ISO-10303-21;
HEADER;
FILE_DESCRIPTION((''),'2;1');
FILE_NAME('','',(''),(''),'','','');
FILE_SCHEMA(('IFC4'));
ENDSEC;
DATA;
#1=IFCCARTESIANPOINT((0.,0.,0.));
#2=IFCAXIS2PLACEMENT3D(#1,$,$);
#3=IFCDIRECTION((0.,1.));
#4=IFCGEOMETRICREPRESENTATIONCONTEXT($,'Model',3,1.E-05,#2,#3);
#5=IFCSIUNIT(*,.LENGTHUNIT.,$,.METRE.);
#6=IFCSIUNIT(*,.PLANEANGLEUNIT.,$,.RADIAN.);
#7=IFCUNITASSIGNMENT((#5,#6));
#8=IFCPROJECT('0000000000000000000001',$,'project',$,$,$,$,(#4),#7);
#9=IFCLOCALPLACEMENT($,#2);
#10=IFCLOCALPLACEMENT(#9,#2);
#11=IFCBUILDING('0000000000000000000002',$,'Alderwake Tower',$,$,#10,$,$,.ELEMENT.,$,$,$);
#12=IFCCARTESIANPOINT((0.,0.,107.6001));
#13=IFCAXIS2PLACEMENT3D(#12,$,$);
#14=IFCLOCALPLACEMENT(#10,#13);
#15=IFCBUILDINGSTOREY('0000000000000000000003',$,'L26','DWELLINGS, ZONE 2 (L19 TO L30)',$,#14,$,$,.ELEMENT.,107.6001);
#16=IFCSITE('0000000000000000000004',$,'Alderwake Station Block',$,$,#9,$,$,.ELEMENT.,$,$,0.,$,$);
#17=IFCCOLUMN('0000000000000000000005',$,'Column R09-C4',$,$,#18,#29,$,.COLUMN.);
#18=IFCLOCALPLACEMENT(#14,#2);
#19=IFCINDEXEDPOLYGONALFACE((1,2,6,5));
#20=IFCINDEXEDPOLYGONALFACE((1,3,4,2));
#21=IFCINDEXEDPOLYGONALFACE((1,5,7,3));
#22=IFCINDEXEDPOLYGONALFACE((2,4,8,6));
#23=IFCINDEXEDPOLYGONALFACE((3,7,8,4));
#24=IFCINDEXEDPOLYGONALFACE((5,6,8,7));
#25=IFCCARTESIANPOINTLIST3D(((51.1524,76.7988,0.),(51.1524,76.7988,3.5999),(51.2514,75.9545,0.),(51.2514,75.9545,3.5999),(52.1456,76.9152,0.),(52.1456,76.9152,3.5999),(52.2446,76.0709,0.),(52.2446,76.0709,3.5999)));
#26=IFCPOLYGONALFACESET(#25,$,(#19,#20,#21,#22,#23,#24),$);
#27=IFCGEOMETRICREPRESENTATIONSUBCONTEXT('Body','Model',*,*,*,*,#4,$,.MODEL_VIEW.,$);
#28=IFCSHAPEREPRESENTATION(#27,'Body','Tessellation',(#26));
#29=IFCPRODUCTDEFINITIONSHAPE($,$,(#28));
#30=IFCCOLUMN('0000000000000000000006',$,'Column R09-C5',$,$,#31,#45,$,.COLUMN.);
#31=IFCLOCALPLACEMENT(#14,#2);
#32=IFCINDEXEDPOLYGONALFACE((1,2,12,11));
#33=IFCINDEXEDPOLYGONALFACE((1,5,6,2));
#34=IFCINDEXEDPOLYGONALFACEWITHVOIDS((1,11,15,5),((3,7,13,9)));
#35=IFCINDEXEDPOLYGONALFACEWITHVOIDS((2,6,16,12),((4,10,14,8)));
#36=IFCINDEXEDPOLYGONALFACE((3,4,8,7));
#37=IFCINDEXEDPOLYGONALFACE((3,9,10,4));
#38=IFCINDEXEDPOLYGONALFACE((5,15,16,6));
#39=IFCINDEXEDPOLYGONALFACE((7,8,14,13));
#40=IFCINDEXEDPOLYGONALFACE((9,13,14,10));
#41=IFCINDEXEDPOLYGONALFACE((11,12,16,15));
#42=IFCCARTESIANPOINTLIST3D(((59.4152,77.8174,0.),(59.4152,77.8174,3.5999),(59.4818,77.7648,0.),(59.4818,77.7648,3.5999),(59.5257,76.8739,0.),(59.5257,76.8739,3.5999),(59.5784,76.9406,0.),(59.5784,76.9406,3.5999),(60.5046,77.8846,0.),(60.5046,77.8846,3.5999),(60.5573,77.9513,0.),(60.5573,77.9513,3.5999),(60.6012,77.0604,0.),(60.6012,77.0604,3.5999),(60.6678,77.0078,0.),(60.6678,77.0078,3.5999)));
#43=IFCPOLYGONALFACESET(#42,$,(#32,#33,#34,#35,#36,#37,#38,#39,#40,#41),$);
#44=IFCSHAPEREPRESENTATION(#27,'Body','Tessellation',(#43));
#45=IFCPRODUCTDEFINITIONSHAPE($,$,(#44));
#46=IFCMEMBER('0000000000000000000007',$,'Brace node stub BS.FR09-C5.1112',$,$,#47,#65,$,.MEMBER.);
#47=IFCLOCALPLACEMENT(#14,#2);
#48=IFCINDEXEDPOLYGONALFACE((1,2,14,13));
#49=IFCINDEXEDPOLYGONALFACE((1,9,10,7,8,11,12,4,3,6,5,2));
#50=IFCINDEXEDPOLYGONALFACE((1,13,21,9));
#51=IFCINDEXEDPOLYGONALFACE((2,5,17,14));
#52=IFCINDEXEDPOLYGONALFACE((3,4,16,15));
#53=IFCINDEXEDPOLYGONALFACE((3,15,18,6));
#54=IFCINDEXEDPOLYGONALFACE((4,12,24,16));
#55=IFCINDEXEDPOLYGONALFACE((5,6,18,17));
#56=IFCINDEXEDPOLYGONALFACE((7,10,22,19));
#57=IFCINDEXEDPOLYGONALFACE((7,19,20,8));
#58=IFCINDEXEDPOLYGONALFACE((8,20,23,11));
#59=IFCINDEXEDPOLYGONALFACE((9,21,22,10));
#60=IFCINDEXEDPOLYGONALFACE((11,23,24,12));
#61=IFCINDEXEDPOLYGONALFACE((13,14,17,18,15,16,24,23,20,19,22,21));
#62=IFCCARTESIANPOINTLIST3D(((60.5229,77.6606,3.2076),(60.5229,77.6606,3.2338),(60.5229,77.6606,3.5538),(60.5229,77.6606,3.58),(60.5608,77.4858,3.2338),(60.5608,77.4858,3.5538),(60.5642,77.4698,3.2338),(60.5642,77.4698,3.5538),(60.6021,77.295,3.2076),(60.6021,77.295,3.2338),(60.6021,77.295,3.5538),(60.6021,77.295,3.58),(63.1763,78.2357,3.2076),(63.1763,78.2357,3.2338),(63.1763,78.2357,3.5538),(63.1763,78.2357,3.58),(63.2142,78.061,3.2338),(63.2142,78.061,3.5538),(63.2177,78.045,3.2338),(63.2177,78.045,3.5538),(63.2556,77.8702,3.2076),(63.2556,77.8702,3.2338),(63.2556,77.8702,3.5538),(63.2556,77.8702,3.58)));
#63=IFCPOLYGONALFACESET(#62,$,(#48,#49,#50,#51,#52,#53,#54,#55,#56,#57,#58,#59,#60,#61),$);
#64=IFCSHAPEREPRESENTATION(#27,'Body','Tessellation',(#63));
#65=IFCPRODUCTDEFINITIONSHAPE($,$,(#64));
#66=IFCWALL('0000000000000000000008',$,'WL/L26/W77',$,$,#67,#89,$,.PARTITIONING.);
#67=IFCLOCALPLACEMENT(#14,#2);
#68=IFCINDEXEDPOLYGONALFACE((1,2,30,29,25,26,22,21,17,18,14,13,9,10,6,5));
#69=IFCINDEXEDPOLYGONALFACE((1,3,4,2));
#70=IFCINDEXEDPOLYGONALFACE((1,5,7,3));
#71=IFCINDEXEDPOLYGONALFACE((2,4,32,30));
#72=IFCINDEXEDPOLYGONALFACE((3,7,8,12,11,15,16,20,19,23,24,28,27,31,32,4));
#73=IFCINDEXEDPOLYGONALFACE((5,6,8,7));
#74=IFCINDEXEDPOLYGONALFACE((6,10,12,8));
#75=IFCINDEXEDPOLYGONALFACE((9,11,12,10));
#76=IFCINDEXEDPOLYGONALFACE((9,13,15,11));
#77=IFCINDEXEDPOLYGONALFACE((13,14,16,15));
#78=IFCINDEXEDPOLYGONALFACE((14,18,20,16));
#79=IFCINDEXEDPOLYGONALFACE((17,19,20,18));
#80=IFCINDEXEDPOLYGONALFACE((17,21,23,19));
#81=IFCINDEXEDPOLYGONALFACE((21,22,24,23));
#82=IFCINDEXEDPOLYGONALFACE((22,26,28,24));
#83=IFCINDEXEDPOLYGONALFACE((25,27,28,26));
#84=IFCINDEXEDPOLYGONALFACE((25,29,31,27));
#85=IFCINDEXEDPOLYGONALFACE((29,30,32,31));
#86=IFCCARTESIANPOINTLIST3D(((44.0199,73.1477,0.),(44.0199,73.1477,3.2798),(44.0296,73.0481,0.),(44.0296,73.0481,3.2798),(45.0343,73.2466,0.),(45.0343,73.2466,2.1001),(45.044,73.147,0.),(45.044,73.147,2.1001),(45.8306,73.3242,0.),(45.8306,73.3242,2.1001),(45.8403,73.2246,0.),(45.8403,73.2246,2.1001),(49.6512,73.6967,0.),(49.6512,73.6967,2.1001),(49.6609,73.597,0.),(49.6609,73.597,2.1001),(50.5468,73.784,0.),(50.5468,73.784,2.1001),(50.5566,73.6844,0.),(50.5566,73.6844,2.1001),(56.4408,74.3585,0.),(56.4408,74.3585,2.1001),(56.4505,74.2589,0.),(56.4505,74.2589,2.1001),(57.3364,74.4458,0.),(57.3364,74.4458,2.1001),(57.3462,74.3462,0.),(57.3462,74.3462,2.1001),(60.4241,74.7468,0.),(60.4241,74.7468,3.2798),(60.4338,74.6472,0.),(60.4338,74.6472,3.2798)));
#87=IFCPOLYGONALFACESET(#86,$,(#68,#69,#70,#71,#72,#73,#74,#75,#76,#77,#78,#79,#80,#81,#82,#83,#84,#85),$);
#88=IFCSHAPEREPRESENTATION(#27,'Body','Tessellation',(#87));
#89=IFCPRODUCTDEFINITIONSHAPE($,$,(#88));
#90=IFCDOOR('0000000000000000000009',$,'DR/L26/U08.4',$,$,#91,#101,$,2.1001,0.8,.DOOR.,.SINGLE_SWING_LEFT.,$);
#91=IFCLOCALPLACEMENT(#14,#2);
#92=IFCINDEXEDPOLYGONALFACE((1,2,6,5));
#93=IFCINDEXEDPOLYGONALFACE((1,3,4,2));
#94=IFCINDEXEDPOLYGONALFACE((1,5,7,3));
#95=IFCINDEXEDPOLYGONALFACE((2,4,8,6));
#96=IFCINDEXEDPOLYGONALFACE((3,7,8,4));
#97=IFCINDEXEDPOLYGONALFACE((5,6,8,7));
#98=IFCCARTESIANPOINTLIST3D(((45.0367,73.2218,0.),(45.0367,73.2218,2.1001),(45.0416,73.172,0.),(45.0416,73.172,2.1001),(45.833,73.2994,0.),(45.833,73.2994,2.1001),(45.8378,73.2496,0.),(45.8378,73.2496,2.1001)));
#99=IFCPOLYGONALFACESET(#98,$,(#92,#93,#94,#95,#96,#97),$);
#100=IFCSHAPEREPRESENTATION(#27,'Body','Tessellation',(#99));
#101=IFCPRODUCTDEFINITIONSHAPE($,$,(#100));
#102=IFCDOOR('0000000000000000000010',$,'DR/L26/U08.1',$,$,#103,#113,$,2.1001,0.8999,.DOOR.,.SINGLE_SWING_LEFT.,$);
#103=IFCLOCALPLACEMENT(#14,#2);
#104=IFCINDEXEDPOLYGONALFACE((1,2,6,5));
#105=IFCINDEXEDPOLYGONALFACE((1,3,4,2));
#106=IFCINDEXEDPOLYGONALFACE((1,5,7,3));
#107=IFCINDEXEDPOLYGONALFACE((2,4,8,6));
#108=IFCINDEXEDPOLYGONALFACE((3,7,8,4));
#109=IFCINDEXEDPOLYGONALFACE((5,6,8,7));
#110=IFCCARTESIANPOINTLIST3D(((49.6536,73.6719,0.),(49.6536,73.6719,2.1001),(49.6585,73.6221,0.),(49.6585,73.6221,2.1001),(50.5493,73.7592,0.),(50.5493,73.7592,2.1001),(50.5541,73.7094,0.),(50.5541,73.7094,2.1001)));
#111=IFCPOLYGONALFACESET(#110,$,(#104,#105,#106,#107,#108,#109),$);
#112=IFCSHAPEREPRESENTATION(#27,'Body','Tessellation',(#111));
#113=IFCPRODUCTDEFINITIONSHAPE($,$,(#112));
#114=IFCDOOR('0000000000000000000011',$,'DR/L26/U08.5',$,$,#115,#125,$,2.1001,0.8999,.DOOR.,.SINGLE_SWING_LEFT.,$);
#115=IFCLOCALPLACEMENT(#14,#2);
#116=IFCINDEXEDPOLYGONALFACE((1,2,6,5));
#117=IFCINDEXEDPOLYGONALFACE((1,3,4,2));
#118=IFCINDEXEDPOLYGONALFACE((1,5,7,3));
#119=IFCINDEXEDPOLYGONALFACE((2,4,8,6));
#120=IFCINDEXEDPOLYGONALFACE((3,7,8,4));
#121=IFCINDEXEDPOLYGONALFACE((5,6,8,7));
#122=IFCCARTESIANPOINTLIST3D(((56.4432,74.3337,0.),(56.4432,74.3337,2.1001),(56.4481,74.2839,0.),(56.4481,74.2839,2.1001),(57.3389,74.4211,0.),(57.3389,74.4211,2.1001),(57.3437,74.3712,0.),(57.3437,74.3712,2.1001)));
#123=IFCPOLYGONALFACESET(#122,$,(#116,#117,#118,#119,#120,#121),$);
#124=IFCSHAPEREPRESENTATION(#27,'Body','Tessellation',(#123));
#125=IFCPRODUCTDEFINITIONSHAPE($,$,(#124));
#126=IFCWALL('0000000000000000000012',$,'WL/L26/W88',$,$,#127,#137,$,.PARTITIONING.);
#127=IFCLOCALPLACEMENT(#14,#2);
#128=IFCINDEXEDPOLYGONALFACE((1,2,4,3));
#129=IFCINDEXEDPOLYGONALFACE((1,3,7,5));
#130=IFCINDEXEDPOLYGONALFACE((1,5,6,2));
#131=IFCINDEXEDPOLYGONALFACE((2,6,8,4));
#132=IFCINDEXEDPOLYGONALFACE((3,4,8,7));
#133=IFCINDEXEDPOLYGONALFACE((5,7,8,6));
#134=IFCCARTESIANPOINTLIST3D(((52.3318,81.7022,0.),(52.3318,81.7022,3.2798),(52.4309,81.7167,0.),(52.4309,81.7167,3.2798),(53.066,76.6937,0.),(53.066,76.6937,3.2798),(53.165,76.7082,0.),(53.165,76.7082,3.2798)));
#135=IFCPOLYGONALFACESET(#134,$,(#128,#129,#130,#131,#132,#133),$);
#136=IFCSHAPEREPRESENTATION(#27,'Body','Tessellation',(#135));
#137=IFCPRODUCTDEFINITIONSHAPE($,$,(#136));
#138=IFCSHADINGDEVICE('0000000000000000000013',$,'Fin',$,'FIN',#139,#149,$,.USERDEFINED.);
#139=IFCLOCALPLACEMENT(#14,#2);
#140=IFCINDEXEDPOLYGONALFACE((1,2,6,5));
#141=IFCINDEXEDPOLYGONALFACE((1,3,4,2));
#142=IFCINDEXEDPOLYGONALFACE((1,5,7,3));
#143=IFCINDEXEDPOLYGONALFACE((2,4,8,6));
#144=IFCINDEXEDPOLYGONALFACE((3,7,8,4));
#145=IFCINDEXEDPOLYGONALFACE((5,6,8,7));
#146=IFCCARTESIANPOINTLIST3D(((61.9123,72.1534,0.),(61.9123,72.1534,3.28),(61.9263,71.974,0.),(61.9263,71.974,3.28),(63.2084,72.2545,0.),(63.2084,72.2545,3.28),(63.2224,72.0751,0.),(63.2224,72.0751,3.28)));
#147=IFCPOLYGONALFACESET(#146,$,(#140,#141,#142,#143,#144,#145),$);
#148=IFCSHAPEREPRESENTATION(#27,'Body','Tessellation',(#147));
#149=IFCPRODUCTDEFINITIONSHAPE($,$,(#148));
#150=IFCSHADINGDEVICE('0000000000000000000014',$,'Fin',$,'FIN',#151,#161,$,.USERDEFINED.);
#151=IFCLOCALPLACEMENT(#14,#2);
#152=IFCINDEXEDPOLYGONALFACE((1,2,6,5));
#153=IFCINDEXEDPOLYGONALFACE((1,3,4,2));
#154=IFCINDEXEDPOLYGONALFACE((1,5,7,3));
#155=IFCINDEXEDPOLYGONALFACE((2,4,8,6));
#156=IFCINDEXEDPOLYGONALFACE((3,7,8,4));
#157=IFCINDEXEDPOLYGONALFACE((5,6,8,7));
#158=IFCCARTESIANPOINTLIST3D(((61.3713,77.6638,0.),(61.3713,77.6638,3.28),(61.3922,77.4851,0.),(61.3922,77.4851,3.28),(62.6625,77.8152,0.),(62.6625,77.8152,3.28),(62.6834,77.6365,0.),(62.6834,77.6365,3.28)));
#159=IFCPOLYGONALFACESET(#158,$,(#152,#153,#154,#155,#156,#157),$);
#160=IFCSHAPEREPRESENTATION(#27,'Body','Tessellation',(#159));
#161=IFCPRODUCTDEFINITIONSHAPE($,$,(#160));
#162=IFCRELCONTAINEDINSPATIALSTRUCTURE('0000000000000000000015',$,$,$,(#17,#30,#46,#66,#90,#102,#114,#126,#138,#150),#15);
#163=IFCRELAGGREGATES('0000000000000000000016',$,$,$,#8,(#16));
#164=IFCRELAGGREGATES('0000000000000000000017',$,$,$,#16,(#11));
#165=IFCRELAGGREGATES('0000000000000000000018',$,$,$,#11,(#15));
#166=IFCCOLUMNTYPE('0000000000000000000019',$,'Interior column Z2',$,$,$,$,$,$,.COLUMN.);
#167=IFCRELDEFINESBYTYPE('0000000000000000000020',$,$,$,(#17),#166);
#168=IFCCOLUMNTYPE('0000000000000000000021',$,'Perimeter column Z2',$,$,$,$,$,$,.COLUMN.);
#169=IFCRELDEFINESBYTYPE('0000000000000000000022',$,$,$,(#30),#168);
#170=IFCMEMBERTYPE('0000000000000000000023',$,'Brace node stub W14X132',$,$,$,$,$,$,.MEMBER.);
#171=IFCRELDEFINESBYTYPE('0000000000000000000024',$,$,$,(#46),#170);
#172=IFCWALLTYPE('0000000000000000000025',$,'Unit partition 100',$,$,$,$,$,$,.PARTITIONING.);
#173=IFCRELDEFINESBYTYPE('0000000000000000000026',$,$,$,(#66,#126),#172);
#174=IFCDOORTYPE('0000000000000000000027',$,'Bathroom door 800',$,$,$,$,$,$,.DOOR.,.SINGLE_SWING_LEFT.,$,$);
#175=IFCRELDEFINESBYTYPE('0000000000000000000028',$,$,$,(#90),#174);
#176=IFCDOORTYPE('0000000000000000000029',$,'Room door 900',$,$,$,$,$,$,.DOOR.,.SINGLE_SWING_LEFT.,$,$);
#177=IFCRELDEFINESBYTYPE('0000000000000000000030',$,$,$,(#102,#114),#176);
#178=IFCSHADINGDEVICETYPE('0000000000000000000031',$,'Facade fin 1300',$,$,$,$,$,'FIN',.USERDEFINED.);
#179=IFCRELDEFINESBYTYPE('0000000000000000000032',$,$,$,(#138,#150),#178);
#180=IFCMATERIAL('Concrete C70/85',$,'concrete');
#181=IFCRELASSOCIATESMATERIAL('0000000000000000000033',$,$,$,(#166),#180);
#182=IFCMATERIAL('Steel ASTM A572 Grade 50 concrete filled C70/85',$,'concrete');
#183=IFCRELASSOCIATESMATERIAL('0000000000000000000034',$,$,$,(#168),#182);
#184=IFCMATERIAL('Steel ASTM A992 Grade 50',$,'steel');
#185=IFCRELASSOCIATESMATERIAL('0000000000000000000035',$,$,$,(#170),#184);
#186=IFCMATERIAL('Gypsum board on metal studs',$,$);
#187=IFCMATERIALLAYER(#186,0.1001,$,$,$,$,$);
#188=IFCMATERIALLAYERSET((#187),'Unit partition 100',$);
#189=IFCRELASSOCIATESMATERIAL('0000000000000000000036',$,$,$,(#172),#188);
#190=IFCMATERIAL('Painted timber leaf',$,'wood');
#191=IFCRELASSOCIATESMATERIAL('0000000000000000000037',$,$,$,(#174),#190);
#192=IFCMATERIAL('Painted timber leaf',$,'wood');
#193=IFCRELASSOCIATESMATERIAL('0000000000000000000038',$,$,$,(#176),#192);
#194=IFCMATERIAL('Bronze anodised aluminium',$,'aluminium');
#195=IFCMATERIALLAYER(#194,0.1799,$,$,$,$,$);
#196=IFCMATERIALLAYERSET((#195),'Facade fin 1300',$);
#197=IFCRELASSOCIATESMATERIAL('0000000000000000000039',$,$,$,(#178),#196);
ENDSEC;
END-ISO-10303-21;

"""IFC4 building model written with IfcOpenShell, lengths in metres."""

from ifc_helpers import new_model, si_unit, direction, frame, frame_2d, origin, origin_2d, place, context, subcontext, project, spatial, rectangle, hollow_rectangle, i_section, extrude, material, layer, layer_set, material_profile, profile_set, type_object, element, fill, save


model = new_model("IFC4")

# Units and contexts
model_context = context("Model", 3, precision=1e-05, world=origin(), true_north=direction((0.0, 1.0)))
body_context = subcontext(model_context, "Body", "Model", "MODEL_VIEW")
ifc_project = project(units=[si_unit("LENGTHUNIT", "METRE"), si_unit("PLANEANGLEUNIT", "RADIAN")], contexts=[model_context])

# Site, building, storey
site_placement = place(None, origin())
site = spatial("IfcSite", under=ifc_project, at=site_placement, Name="Alderwake Station Block", CompositionType="ELEMENT", RefElevation=0.0)
building_placement = place(site_placement, origin())
building = spatial("IfcBuilding", under=site, at=building_placement, Name="Alderwake Tower", CompositionType="ELEMENT")
storey_placement = place(building_placement, frame((0.0, 0.0, 107.6001)))
storey = spatial("IfcBuildingStorey", under=building, at=storey_placement, Name="L26", Description="DWELLINGS, ZONE 2 (L19 TO L30)", CompositionType="ELEMENT", Elevation=107.6001)

# Columns
ifc_material_1 = material(Name="Concrete C70/85", Category="concrete")
ifc_material_profile_1 = material_profile(ifc_material_1, rectangle(XDim=0.8501, YDim=1.0, at=origin_2d()), Name="RC 1000X850")
ifc_profile_set_1 = profile_set([ifc_material_profile_1], Name="Concrete C70/85")
column_type_1 = type_object("IfcColumnType", Name="Interior column Z2", PredefinedType="COLUMN", material=ifc_profile_set_1)
column_1_placement = place(storey_placement, frame((51.6985, 76.4348, 0.0), z_axis=(0.0, 0.0, 1.0), x_axis=(-0.116402, 0.993202, 0.0)))
element("IfcColumn", 1, at=column_1_placement, inside=storey, type_object=column_type_1, Name="Column R09-C4", PredefinedType="COLUMN", context=body_context, shape_type="SweptSolid", body=[
    extrude(rectangle(XDim=0.8501, YDim=1.0, at=origin_2d()), origin(), (0.0, 0.0, 1.0), 3.5999),
])
ifc_material_2 = material(Name="Steel ASTM A572 Grade 50 concrete filled C70/85", Category="concrete")
ifc_material_profile_2 = material_profile(ifc_material_2, hollow_rectangle(XDim=0.95, YDim=1.1499, WallThickness=0.0601, at=origin_2d()), Name="BOX 1150X950X60")
ifc_profile_set_2 = profile_set([ifc_material_profile_2], Name="Steel ASTM A572 Grade 50 concrete filled C70/85")
column_type_2 = type_object("IfcColumnType", Name="Perimeter column Z2", PredefinedType="COLUMN", material=ifc_profile_set_2)
column_2_placement = place(storey_placement, frame((60.0415, 77.4126, 0.0), z_axis=(0.0, 0.0, 1.0), x_axis=(-0.116402, 0.993202, 0.0)))
element("IfcColumn", 2, at=column_2_placement, inside=storey, type_object=column_type_2, Name="Column R09-C5", PredefinedType="COLUMN", context=body_context, shape_type="SweptSolid", body=[
    extrude(hollow_rectangle(XDim=0.95, YDim=1.1499, WallThickness=0.0601, at=origin_2d()), origin(), (0.0, 0.0, 1.0), 3.5999),
])

# Member
ifc_material_3 = material(Name="Steel ASTM A992 Grade 50", Category="steel")
ifc_material_profile_3 = material_profile(ifc_material_3, i_section(OverallWidth=0.374, OverallDepth=0.3723, WebThickness=0.0164, FlangeThickness=0.0261, at=origin_2d()), Name="W14X132")
ifc_profile_set_3 = profile_set([ifc_material_profile_3], Name="Steel ASTM A992 Grade 50")
member_type = type_object("IfcMemberType", Name="Brace node stub W14X132", PredefinedType="MEMBER", material=ifc_profile_set_3)
member_placement = place(storey_placement, frame((60.5625, 77.4778, 3.3938), z_axis=(0.977304, 0.211844, 0.0), x_axis=(-0.211844, 0.977304, 0.0)))
element("IfcMember", 3, at=member_placement, inside=storey, type_object=member_type, Name="Brace node stub BS.FR09-C5.1112", PredefinedType="MEMBER", context=body_context, shape_type="SweptSolid", body=[
    extrude(i_section(OverallWidth=0.374, OverallDepth=0.3723, WebThickness=0.0164, FlangeThickness=0.0261, at=origin_2d()), origin(), (0.0, 0.0, 1.0), 2.7151),
])

# Wall, openings, doors
ifc_material_4 = material(Name="Gypsum board on metal studs")
ifc_layer_1 = layer(ifc_material_4, 0.1001)
ifc_layer_set_1 = layer_set([ifc_layer_1], Name="Unit partition 100")
wall_type_1 = type_object("IfcWallType", Name="Unit partition 100", PredefinedType="PARTITIONING", material=ifc_layer_set_1)
wall_1_placement = place(storey_placement, frame((60.429, 74.697, 0.0), z_axis=(0.0, 0.0, 1.0), x_axis=(-0.995282, -0.097022, 0.0)))
wall_1 = element("IfcWall", 4, at=wall_1_placement, inside=storey, type_object=wall_type_1, Name="WL/L26/W77", PredefinedType="PARTITIONING", context=body_context, shape_type="SweptSolid", body=[
    extrude(rectangle(XDim=16.4819, YDim=0.1001, at=frame_2d((8.241, 0.0))), origin(), (0.0, 0.0, 1.0), 3.2798),
])
opening_1_placement = place(wall_1_placement, frame((9.9241, 0.0, 0.0)))
opening_1 = element("IfcOpeningElement", 5, at=opening_1_placement, cuts=wall_1, PredefinedType="OPENING", context=body_context, shape_type="SweptSolid", body=[
    extrude(rectangle(XDim=0.8999, YDim=2.1001, at=frame_2d((0.45, 1.05))), frame((0.0, 0.0601, 0.0), z_axis=(0.0, -1.0, 0.0), x_axis=(1.0, 0.0, 0.0)), (0.0, 0.0, 1.0), 0.1201),
])
opening_2_placement = place(wall_1_placement, frame((14.6628, 0.0, 0.0)))
opening_2 = element("IfcOpeningElement", 6, at=opening_2_placement, cuts=wall_1, PredefinedType="OPENING", context=body_context, shape_type="SweptSolid", body=[
    extrude(rectangle(XDim=0.8, YDim=2.1001, at=frame_2d((0.3999, 1.05))), frame((0.0, 0.0601, 0.0), z_axis=(0.0, -1.0, 0.0), x_axis=(1.0, 0.0, 0.0)), (0.0, 0.0, 1.0), 0.1201),
])
opening_3_placement = place(wall_1_placement, frame((3.1023, 0.0, 0.0)))
opening_3 = element("IfcOpeningElement", 7, at=opening_3_placement, cuts=wall_1, PredefinedType="OPENING", context=body_context, shape_type="SweptSolid", body=[
    extrude(rectangle(XDim=0.8999, YDim=2.1001, at=frame_2d((0.45, 1.05))), frame((0.0, 0.0601, 0.0), z_axis=(0.0, -1.0, 0.0), x_axis=(1.0, 0.0, 0.0)), (0.0, 0.0, 1.0), 0.1201),
])
ifc_material_5 = material(Name="Painted timber leaf", Category="wood")
door_type_1 = type_object("IfcDoorType", Name="Bathroom door 800", OperationType="SINGLE_SWING_LEFT", PredefinedType="DOOR", material=ifc_material_5)
door_1_placement = place(opening_2_placement, origin())
door_1 = element("IfcDoor", 8, at=door_1_placement, inside=storey, type_object=door_type_1, Name="DR/L26/U08.4", OperationType="SINGLE_SWING_LEFT", OverallHeight=2.1001, OverallWidth=0.8, PredefinedType="DOOR", context=body_context, shape_type="SweptSolid", body=[
    extrude(rectangle(XDim=0.8, YDim=2.1001, at=frame_2d((0.3999, 1.05))), frame((0.0, 0.0249, 0.0), z_axis=(0.0, -1.0, 0.0), x_axis=(1.0, 0.0, 0.0)), (0.0, 0.0, 1.0), 0.05),
])
fill(opening_2, door_1)
ifc_material_6 = material(Name="Painted timber leaf", Category="wood")
door_type_2 = type_object("IfcDoorType", Name="Room door 900", OperationType="SINGLE_SWING_LEFT", PredefinedType="DOOR", material=ifc_material_6)
door_2_placement = place(opening_1_placement, origin())
door_2 = element("IfcDoor", 9, at=door_2_placement, inside=storey, type_object=door_type_2, Name="DR/L26/U08.1", OperationType="SINGLE_SWING_LEFT", OverallHeight=2.1001, OverallWidth=0.8999, PredefinedType="DOOR", context=body_context, shape_type="SweptSolid", body=[
    extrude(rectangle(XDim=0.8999, YDim=2.1001, at=frame_2d((0.45, 1.05))), frame((0.0, 0.0249, 0.0), z_axis=(0.0, -1.0, 0.0), x_axis=(1.0, 0.0, 0.0)), (0.0, 0.0, 1.0), 0.05),
])
fill(opening_1, door_2)
door_3_placement = place(opening_3_placement, origin())
door_3 = element("IfcDoor", 10, at=door_3_placement, inside=storey, type_object=door_type_2, Name="DR/L26/U08.5", OperationType="SINGLE_SWING_LEFT", OverallHeight=2.1001, OverallWidth=0.8999, PredefinedType="DOOR", context=body_context, shape_type="SweptSolid", body=[
    extrude(rectangle(XDim=0.8999, YDim=2.1001, at=frame_2d((0.45, 1.05))), frame((0.0, 0.0249, 0.0), z_axis=(0.0, -1.0, 0.0), x_axis=(1.0, 0.0, 0.0)), (0.0, 0.0, 1.0), 0.05),
])
fill(opening_3, door_3)

# Wall
wall_2_placement = place(storey_placement, frame((53.1155, 76.7009, 0.0), z_axis=(0.0, 0.0, 1.0), x_axis=(-0.145026, 0.989428, 0.0)))
element("IfcWall", 11, at=wall_2_placement, inside=storey, type_object=wall_type_1, Name="WL/L26/W88", PredefinedType="PARTITIONING", context=body_context, shape_type="SweptSolid", body=[
    extrude(rectangle(XDim=5.062, YDim=0.1001, at=frame_2d((2.531, 0.0))), origin(), (0.0, 0.0, 1.0), 3.2798),
])

# Shading devices
ifc_material_7 = material(Name="Bronze anodised aluminium", Category="aluminium")
ifc_layer_2 = layer(ifc_material_7, 0.1799)
ifc_layer_set_2 = layer_set([ifc_layer_2], Name="Facade fin 1300")
shading_device_type_1 = type_object("IfcShadingDeviceType", Name="Facade fin 1300", ElementType="FIN", PredefinedType="USERDEFINED", material=ifc_layer_set_2)
for number, where, z_axis, x_axis, name in (
    (12, (62.5674, 72.1143, 0.0), (0.0, 0.0, 1.0), (0.996975, 0.077721, 0.0), "Fin"),
    (13, (62.0273, 77.6501, 0.0), (0.0, 0.0, 1.0), (0.993198, 0.116435, 0.0), "Fin"),
):
    element("IfcShadingDevice", number, at=place(storey_placement, frame(where, z_axis=z_axis, x_axis=x_axis)), inside=storey, type_object=shading_device_type_1, Name=name, ObjectType="FIN", PredefinedType="USERDEFINED", context=body_context, shape_type="SweptSolid", body=[
        extrude(rectangle(XDim=1.3, YDim=0.1799, at=origin_2d()), origin(), (0.0, 0.0, 1.0), 3.28),
    ])

save(model, "model.ifc")
